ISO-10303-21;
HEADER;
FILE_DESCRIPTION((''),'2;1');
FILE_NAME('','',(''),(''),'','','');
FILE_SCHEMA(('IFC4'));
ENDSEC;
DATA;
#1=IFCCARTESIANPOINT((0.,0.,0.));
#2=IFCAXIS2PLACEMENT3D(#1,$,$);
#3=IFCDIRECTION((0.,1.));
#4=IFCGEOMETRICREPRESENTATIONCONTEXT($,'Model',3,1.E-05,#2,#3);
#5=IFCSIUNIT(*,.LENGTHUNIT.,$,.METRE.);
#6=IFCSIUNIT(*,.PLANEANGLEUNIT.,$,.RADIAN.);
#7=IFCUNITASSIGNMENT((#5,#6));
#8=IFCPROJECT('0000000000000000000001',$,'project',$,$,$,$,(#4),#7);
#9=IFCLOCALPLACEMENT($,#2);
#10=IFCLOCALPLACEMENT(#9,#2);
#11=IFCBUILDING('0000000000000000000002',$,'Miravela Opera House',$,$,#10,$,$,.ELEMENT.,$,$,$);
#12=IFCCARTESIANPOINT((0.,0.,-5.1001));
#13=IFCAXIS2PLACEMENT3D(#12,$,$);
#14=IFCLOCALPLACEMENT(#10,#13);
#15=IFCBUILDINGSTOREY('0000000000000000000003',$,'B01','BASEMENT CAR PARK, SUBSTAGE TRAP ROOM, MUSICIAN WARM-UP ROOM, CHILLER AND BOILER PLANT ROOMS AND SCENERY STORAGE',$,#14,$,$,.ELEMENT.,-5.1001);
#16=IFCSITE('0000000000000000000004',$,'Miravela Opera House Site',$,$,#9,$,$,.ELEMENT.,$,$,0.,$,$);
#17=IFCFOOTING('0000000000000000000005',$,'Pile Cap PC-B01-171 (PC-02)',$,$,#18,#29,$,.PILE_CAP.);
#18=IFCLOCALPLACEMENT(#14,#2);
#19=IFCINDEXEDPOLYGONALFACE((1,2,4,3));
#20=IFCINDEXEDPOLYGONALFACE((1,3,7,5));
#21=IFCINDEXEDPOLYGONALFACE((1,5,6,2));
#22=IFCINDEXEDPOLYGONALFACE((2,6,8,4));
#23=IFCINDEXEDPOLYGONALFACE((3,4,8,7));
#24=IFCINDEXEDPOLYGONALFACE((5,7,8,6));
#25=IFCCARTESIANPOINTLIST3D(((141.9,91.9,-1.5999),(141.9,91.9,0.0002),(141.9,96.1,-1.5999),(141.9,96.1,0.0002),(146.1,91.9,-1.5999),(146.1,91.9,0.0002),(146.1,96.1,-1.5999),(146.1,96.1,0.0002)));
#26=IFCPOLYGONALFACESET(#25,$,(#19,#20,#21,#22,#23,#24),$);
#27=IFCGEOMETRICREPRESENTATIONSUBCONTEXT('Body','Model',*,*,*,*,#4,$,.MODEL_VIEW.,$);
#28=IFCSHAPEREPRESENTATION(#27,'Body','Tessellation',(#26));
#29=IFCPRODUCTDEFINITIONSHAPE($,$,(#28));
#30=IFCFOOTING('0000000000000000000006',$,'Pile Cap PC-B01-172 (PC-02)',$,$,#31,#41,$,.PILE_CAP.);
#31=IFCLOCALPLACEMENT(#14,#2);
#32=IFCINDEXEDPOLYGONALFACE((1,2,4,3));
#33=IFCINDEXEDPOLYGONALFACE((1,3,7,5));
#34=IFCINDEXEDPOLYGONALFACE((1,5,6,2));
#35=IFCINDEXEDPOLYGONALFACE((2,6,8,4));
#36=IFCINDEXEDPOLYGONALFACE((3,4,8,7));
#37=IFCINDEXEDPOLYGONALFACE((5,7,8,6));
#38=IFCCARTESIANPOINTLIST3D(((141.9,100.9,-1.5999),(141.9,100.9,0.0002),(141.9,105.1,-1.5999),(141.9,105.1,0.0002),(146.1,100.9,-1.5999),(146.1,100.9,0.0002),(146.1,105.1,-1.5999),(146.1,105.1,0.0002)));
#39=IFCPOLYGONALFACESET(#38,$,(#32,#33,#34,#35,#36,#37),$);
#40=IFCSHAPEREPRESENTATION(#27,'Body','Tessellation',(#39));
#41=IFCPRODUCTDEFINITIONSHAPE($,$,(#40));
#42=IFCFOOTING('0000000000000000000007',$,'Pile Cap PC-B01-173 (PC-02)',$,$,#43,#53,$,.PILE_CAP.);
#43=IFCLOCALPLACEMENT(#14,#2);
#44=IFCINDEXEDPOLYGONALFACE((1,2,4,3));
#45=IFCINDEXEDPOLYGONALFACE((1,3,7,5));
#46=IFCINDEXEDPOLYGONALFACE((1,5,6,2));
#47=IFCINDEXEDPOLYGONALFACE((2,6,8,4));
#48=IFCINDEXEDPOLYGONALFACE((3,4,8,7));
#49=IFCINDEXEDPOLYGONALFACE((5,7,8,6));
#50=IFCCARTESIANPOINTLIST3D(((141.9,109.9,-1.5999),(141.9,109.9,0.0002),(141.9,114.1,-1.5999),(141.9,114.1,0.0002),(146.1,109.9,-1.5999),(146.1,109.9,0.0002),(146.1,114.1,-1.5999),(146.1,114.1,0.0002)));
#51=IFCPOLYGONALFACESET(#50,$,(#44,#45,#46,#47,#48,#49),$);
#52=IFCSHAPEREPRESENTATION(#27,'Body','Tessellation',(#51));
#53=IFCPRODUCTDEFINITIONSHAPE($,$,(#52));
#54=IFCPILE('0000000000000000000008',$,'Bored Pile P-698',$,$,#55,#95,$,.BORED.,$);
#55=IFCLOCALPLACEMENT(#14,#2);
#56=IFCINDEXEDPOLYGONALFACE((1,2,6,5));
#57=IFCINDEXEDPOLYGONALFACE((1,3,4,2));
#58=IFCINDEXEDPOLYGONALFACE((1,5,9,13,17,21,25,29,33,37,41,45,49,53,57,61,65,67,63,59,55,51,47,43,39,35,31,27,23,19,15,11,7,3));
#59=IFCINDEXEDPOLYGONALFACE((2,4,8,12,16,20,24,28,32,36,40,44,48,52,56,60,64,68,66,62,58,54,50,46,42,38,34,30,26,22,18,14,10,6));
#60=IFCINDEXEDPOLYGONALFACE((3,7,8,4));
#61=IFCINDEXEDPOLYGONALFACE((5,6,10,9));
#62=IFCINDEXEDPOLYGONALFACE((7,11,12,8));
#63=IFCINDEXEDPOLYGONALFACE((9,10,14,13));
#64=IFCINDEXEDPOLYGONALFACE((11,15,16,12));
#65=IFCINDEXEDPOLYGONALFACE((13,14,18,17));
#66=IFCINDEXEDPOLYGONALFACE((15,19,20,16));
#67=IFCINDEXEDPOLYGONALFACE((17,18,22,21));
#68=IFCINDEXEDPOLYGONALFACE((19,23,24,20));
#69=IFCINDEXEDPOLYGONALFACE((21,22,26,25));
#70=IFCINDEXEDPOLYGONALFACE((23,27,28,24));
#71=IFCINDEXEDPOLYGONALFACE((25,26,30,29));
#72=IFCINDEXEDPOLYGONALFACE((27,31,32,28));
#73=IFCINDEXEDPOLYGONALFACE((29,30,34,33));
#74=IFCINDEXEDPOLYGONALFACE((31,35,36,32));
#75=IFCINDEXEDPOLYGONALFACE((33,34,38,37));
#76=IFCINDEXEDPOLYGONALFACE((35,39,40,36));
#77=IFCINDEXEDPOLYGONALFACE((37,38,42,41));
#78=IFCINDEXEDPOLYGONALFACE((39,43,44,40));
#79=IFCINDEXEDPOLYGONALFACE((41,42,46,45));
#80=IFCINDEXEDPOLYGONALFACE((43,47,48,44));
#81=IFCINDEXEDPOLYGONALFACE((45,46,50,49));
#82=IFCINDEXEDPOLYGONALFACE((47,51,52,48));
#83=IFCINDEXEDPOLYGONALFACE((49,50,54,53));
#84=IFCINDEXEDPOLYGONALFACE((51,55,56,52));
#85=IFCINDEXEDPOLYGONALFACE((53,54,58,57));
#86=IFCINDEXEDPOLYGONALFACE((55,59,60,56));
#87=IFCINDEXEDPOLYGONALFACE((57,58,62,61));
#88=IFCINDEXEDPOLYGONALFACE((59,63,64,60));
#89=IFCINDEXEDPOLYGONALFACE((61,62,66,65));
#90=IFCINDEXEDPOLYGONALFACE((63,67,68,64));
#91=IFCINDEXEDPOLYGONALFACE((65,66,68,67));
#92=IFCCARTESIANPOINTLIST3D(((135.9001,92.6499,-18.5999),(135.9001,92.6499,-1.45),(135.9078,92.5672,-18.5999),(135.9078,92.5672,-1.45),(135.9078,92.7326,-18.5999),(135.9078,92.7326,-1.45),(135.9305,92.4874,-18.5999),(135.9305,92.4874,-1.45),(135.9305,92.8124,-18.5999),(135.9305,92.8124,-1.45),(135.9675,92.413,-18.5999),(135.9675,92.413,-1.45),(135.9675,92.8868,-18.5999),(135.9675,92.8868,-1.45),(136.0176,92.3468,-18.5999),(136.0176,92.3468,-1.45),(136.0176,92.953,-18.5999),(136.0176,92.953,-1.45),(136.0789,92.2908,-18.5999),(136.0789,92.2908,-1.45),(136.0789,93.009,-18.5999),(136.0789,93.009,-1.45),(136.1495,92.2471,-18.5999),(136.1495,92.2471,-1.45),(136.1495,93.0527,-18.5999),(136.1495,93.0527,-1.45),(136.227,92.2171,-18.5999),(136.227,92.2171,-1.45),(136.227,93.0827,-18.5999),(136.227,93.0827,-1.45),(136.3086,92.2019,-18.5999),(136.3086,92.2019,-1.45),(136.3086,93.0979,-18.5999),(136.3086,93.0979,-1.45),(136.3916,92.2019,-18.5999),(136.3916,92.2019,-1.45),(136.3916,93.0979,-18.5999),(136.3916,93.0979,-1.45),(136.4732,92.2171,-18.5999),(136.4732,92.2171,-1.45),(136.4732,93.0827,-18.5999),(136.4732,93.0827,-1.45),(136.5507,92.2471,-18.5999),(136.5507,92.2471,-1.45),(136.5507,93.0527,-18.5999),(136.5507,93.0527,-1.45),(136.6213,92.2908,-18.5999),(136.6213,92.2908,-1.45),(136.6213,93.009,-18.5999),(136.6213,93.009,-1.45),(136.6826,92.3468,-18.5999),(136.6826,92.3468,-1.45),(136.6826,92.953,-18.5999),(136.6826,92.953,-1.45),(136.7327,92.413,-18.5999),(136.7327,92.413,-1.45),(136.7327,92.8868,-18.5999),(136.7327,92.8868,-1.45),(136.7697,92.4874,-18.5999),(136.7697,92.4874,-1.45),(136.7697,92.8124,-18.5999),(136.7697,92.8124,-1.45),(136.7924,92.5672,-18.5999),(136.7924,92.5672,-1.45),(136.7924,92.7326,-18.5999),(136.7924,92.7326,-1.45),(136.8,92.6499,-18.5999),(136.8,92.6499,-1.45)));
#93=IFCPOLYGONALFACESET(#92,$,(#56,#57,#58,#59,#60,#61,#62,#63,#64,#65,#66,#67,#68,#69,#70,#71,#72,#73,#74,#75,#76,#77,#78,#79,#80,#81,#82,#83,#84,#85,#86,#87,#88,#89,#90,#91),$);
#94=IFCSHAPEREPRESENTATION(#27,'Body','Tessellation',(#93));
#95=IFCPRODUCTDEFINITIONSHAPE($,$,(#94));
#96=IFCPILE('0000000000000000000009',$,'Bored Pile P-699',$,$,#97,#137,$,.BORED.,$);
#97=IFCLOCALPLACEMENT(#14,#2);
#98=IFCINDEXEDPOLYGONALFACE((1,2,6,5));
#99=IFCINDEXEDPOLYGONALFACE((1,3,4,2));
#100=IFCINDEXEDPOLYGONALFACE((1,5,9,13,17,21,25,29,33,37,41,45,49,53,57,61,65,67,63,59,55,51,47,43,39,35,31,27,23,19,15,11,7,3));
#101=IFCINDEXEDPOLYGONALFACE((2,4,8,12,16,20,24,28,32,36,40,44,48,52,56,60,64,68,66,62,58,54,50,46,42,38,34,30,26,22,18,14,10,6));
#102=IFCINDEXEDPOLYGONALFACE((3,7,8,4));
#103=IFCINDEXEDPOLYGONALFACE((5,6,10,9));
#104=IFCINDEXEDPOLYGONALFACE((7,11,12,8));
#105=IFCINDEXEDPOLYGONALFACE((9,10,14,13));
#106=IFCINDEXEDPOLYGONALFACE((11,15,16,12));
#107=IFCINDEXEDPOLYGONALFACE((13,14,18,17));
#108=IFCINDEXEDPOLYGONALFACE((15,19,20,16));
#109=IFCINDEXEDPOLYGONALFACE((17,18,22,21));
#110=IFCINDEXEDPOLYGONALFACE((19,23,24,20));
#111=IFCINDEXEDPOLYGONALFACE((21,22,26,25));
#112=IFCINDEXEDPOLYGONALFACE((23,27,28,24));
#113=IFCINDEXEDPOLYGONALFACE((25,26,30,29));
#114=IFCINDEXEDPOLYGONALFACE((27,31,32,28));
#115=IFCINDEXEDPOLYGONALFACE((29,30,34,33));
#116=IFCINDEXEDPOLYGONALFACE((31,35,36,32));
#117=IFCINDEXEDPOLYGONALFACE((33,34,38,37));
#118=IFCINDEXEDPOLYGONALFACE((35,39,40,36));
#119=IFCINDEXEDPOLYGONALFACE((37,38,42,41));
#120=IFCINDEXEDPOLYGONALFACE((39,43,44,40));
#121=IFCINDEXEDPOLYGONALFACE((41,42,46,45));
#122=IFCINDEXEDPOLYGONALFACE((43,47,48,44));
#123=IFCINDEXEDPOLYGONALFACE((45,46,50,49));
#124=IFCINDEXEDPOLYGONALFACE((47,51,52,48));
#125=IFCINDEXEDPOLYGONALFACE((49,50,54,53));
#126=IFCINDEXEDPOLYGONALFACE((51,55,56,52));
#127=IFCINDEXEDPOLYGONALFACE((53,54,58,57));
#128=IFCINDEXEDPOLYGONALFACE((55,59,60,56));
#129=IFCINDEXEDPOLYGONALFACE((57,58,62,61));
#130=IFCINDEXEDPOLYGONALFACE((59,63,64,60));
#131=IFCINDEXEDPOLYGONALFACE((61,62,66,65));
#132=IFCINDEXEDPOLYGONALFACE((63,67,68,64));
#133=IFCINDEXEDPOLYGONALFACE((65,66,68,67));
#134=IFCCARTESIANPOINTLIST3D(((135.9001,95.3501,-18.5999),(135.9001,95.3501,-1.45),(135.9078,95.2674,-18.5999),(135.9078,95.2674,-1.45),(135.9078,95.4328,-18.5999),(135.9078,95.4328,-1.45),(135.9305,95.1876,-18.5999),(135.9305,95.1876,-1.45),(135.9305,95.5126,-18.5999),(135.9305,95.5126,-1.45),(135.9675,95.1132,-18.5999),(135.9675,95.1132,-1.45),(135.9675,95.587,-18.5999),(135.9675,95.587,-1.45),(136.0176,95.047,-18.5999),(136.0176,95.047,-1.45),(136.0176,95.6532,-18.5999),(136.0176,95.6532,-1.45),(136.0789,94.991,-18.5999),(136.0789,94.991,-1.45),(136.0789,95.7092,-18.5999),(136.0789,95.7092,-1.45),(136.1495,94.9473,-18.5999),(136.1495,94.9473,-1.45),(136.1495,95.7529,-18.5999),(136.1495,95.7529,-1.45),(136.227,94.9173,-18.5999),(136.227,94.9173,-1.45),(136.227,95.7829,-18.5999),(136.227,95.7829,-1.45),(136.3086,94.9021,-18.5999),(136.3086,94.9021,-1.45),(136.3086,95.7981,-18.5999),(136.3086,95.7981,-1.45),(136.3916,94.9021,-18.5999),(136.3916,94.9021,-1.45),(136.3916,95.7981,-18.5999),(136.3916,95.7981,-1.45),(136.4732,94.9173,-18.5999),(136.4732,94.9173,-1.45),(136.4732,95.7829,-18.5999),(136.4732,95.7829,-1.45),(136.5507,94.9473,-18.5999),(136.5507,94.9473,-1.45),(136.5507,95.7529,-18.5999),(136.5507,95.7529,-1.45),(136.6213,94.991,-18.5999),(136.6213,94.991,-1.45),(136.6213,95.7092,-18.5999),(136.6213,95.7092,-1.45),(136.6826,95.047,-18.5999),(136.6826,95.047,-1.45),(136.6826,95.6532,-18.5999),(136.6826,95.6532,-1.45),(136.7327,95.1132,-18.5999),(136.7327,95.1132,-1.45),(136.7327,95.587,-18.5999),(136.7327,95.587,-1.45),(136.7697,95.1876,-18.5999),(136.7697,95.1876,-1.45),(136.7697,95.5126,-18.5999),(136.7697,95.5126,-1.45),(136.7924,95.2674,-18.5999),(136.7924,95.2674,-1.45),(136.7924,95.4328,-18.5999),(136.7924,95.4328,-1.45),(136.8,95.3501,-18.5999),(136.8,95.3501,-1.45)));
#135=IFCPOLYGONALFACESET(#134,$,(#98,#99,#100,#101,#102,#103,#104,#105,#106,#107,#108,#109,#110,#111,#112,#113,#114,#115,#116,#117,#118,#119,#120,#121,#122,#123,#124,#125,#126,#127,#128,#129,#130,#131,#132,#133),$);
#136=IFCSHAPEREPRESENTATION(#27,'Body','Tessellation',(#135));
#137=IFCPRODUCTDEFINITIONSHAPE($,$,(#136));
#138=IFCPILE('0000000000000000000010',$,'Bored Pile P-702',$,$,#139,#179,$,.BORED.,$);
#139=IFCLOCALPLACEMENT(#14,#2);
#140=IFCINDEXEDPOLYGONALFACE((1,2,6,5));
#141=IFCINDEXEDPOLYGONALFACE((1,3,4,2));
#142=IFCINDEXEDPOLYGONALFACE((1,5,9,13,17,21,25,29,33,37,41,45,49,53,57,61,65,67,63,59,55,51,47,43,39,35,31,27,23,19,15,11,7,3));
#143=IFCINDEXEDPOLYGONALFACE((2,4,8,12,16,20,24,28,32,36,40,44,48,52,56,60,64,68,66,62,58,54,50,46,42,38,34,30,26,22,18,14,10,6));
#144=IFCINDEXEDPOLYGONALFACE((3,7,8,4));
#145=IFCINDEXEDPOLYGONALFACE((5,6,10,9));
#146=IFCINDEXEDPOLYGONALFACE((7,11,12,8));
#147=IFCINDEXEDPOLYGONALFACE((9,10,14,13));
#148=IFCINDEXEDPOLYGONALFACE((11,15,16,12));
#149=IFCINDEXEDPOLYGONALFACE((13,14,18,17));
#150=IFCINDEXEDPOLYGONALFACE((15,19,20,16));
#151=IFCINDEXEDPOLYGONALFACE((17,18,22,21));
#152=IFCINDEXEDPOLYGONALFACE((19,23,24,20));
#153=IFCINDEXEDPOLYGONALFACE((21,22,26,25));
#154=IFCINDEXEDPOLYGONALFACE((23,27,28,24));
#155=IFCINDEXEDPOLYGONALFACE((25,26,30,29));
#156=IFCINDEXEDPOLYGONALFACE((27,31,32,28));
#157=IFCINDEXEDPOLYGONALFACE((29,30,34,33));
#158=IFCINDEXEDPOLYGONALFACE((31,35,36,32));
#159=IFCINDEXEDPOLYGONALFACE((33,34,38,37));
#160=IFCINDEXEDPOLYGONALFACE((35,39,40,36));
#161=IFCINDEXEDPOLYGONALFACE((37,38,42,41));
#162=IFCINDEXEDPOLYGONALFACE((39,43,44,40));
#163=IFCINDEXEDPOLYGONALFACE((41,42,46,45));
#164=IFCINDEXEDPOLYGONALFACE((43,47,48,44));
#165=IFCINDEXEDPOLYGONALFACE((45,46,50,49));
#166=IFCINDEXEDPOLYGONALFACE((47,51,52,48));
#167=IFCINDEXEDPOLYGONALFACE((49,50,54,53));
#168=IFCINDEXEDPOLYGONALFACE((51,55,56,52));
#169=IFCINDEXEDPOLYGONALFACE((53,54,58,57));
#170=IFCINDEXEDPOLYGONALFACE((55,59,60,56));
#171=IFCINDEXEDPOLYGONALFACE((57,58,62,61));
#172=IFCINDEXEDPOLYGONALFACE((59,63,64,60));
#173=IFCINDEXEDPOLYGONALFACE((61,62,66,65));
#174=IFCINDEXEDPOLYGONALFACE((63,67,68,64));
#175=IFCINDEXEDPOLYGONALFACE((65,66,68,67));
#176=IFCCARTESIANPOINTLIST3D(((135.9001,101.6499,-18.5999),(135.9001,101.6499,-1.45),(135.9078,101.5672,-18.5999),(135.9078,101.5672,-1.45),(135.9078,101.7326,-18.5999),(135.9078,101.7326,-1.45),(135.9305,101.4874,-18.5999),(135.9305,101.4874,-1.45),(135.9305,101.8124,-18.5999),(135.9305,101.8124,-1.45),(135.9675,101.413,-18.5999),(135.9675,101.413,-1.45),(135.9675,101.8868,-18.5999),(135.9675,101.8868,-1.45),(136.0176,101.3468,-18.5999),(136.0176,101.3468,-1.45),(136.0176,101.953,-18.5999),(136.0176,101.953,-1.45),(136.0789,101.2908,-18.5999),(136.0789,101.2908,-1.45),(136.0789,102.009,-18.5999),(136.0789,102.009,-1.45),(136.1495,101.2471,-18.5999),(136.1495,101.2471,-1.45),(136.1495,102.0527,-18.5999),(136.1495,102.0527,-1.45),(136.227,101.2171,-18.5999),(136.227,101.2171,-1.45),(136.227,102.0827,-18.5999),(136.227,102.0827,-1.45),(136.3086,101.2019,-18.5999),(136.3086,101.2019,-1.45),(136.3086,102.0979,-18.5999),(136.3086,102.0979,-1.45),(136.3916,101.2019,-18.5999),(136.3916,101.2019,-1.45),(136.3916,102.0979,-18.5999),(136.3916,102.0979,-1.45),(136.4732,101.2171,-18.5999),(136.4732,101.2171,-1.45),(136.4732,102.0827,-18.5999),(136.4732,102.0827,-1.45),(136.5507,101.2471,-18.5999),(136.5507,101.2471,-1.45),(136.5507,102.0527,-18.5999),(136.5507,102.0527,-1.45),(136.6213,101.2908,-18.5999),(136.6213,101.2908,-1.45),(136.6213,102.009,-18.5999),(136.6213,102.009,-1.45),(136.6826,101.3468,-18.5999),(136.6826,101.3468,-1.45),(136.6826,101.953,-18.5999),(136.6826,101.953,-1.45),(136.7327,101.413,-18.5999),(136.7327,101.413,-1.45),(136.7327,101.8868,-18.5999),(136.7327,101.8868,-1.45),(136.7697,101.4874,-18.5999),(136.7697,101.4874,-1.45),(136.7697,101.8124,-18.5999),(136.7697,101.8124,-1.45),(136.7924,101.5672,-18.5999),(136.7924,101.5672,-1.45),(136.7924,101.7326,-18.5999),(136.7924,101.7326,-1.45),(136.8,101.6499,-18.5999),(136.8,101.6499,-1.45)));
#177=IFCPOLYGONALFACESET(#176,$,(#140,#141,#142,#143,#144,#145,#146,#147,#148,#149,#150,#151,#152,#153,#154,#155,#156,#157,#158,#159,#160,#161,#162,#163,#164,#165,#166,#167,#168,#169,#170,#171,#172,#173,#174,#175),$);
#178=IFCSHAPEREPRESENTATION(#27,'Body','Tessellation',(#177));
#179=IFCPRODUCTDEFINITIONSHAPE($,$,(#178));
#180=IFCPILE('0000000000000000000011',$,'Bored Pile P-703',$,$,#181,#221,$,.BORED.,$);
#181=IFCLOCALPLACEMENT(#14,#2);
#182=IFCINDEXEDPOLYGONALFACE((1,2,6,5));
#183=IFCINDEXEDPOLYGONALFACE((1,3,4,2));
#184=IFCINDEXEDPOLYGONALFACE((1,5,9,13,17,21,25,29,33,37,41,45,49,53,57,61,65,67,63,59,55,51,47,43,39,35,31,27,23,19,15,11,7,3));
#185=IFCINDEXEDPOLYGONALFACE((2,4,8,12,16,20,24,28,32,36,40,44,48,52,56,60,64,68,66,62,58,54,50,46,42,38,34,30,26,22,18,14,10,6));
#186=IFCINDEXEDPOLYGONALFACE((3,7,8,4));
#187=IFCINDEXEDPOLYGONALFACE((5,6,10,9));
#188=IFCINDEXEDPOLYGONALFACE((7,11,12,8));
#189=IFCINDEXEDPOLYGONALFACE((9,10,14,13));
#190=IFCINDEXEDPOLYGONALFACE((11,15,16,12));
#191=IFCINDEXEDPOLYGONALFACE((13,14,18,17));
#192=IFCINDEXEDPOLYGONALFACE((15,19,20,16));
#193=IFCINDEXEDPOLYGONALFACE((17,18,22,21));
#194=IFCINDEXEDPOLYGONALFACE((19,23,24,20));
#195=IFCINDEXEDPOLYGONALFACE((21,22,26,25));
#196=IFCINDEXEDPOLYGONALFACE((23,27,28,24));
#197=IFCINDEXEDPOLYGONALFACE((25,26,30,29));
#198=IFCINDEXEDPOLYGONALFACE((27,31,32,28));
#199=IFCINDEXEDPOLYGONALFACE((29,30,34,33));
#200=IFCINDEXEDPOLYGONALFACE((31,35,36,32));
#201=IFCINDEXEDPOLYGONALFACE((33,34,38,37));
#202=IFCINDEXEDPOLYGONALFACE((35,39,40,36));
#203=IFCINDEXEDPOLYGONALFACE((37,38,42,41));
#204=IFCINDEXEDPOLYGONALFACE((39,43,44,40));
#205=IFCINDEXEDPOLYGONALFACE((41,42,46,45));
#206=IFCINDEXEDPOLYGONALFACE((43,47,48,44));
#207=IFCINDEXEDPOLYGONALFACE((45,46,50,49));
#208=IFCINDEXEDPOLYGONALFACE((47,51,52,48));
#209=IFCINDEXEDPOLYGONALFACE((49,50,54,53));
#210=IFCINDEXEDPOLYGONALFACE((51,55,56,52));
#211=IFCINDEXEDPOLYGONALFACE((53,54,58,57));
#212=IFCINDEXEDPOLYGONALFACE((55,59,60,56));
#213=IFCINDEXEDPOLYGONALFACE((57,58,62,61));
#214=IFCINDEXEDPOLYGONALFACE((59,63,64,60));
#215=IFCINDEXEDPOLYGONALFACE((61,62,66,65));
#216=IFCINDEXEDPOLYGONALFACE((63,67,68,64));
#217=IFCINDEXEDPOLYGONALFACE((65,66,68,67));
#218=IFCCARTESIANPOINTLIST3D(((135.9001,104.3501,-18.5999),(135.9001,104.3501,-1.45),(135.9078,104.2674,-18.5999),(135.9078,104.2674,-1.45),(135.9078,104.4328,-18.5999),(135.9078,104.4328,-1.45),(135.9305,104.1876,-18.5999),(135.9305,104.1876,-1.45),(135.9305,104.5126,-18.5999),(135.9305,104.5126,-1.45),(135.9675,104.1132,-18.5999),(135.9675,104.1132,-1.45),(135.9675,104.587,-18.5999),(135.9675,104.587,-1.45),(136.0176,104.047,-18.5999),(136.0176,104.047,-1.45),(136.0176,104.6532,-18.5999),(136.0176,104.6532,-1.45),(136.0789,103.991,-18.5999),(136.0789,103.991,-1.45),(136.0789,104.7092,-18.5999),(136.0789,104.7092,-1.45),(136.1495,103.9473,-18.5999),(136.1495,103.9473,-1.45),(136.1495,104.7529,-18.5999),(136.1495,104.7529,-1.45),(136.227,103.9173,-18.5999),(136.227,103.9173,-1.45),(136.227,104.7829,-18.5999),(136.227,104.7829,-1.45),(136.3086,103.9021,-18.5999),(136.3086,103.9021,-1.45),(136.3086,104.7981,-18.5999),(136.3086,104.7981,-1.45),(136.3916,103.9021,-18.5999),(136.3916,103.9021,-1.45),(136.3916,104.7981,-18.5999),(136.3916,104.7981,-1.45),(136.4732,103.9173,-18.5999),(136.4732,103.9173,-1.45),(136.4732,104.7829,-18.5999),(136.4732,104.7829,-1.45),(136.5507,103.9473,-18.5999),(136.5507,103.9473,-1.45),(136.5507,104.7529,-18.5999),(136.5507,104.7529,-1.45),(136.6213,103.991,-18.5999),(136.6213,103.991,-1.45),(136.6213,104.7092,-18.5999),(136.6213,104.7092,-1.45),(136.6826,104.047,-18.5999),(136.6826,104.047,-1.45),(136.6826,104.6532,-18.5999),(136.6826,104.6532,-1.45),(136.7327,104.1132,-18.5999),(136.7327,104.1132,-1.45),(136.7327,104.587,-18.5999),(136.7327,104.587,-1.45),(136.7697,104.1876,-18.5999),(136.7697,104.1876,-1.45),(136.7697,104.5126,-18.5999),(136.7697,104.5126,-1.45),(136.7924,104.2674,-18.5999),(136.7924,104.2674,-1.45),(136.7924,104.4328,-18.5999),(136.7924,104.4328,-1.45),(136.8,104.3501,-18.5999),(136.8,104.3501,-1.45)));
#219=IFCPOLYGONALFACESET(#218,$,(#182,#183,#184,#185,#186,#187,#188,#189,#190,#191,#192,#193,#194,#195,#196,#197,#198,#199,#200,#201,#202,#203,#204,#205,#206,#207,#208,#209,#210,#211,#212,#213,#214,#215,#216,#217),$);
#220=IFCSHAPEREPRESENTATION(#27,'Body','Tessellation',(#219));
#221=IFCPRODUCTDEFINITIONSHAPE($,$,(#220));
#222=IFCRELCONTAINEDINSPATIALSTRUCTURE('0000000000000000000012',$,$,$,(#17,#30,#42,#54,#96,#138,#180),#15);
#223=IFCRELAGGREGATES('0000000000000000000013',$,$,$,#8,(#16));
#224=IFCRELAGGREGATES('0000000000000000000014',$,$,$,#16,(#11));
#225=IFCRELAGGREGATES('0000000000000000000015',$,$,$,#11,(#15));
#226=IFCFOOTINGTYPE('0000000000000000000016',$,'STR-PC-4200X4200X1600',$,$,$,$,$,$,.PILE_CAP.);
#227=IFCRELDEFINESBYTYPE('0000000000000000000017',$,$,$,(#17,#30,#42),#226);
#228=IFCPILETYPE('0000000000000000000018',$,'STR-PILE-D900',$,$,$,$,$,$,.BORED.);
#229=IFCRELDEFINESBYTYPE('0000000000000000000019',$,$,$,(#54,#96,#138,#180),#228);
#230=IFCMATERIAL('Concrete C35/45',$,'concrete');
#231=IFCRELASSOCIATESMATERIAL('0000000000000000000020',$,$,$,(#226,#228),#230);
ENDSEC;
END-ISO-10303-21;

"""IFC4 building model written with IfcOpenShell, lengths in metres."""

from ifc_helpers import new_model, si_unit, direction, frame, origin, origin_2d, place, context, subcontext, project, spatial, rectangle, circle, extrude, material, material_profile, profile_set, type_object, element, save


model = new_model("IFC4")

# Units and contexts
model_context = context("Model", 3, precision=1e-05, world=origin(), true_north=direction((0.0, 1.0)))
body_context = subcontext(model_context, "Body", "Model", "MODEL_VIEW")
ifc_project = project(units=[si_unit("LENGTHUNIT", "METRE"), si_unit("PLANEANGLEUNIT", "RADIAN")], contexts=[model_context])

# Site, building, storey
site_placement = place(None, origin())
site = spatial("IfcSite", under=ifc_project, at=site_placement, Name="Miravela Opera House Site", CompositionType="ELEMENT", RefElevation=0.0)
building_placement = place(site_placement, origin())
building = spatial("IfcBuilding", under=site, at=building_placement, Name="Miravela Opera House", CompositionType="ELEMENT")
storey_placement = place(building_placement, frame((0.0, 0.0, -5.1001)))
storey = spatial("IfcBuildingStorey", under=building, at=storey_placement, Name="B01", Description="BASEMENT CAR PARK, SUBSTAGE TRAP ROOM, MUSICIAN WARM-UP ROOM, CHILLER AND BOILER PLANT ROOMS AND SCENERY STORAGE", CompositionType="ELEMENT", Elevation=-5.1001)

# Footings
ifc_material_1 = material(Name="Concrete C35/45", Category="concrete")
footing_type = type_object("IfcFootingType", Name="STR-PC-4200X4200X1600", PredefinedType="PILE_CAP", material=ifc_material_1)
for number, where, z_axis, x_axis, name in (
    (1, (144.0, 94.0, -1.5999), (0.0, 0.0, 1.0), (1.0, 0.0, 0.0), "Pile Cap PC-B01-171 (PC-02)"),
    (2, (144.0, 103.0, -1.5999), (0.0, 0.0, 1.0), (1.0, 0.0, 0.0), "Pile Cap PC-B01-172 (PC-02)"),
    (3, (144.0, 112.0, -1.5999), (0.0, 0.0, 1.0), (1.0, 0.0, 0.0), "Pile Cap PC-B01-173 (PC-02)"),
):
    element("IfcFooting", number, at=place(storey_placement, frame(where, z_axis=z_axis, x_axis=x_axis)), inside=storey, type_object=footing_type, Name=name, PredefinedType="PILE_CAP", context=body_context, shape_type="SweptSolid", body=[
        extrude(rectangle(XDim=4.2, YDim=4.2, at=origin_2d()), origin(), (0.0, 0.0, 1.0), 1.6001),
    ])

# Piles
ifc_material_profile_1 = material_profile(ifc_material_1, circle(Radius=0.45, at=origin_2d()), Name="PILE-D900")
ifc_profile_set_1 = profile_set([ifc_material_profile_1])
pile_type = type_object("IfcPileType", Name="STR-PILE-D900", PredefinedType="BORED", material=ifc_profile_set_1)
for number, where, z_axis, x_axis, name in (
    (4, (136.3501, 92.6499, -1.45), (0.0, 0.0, -1.0), (1.0, 0.0, 0.0), "Bored Pile P-698"),
    (5, (136.3501, 95.3501, -1.45), (0.0, 0.0, -1.0), (1.0, 0.0, 0.0), "Bored Pile P-699"),
    (6, (136.3501, 101.6499, -1.45), (0.0, 0.0, -1.0), (1.0, 0.0, 0.0), "Bored Pile P-702"),
    (7, (136.3501, 104.3501, -1.45), (0.0, 0.0, -1.0), (1.0, 0.0, 0.0), "Bored Pile P-703"),
):
    element("IfcPile", number, at=place(storey_placement, frame(where, z_axis=z_axis, x_axis=x_axis)), inside=storey, type_object=pile_type, Name=name, PredefinedType="BORED", context=body_context, shape_type="SweptSolid", body=[
        extrude(circle(Radius=0.45, at=origin_2d()), origin(), (0.0, 0.0, 1.0), 17.1499),
    ])

save(model, "model.ifc")
